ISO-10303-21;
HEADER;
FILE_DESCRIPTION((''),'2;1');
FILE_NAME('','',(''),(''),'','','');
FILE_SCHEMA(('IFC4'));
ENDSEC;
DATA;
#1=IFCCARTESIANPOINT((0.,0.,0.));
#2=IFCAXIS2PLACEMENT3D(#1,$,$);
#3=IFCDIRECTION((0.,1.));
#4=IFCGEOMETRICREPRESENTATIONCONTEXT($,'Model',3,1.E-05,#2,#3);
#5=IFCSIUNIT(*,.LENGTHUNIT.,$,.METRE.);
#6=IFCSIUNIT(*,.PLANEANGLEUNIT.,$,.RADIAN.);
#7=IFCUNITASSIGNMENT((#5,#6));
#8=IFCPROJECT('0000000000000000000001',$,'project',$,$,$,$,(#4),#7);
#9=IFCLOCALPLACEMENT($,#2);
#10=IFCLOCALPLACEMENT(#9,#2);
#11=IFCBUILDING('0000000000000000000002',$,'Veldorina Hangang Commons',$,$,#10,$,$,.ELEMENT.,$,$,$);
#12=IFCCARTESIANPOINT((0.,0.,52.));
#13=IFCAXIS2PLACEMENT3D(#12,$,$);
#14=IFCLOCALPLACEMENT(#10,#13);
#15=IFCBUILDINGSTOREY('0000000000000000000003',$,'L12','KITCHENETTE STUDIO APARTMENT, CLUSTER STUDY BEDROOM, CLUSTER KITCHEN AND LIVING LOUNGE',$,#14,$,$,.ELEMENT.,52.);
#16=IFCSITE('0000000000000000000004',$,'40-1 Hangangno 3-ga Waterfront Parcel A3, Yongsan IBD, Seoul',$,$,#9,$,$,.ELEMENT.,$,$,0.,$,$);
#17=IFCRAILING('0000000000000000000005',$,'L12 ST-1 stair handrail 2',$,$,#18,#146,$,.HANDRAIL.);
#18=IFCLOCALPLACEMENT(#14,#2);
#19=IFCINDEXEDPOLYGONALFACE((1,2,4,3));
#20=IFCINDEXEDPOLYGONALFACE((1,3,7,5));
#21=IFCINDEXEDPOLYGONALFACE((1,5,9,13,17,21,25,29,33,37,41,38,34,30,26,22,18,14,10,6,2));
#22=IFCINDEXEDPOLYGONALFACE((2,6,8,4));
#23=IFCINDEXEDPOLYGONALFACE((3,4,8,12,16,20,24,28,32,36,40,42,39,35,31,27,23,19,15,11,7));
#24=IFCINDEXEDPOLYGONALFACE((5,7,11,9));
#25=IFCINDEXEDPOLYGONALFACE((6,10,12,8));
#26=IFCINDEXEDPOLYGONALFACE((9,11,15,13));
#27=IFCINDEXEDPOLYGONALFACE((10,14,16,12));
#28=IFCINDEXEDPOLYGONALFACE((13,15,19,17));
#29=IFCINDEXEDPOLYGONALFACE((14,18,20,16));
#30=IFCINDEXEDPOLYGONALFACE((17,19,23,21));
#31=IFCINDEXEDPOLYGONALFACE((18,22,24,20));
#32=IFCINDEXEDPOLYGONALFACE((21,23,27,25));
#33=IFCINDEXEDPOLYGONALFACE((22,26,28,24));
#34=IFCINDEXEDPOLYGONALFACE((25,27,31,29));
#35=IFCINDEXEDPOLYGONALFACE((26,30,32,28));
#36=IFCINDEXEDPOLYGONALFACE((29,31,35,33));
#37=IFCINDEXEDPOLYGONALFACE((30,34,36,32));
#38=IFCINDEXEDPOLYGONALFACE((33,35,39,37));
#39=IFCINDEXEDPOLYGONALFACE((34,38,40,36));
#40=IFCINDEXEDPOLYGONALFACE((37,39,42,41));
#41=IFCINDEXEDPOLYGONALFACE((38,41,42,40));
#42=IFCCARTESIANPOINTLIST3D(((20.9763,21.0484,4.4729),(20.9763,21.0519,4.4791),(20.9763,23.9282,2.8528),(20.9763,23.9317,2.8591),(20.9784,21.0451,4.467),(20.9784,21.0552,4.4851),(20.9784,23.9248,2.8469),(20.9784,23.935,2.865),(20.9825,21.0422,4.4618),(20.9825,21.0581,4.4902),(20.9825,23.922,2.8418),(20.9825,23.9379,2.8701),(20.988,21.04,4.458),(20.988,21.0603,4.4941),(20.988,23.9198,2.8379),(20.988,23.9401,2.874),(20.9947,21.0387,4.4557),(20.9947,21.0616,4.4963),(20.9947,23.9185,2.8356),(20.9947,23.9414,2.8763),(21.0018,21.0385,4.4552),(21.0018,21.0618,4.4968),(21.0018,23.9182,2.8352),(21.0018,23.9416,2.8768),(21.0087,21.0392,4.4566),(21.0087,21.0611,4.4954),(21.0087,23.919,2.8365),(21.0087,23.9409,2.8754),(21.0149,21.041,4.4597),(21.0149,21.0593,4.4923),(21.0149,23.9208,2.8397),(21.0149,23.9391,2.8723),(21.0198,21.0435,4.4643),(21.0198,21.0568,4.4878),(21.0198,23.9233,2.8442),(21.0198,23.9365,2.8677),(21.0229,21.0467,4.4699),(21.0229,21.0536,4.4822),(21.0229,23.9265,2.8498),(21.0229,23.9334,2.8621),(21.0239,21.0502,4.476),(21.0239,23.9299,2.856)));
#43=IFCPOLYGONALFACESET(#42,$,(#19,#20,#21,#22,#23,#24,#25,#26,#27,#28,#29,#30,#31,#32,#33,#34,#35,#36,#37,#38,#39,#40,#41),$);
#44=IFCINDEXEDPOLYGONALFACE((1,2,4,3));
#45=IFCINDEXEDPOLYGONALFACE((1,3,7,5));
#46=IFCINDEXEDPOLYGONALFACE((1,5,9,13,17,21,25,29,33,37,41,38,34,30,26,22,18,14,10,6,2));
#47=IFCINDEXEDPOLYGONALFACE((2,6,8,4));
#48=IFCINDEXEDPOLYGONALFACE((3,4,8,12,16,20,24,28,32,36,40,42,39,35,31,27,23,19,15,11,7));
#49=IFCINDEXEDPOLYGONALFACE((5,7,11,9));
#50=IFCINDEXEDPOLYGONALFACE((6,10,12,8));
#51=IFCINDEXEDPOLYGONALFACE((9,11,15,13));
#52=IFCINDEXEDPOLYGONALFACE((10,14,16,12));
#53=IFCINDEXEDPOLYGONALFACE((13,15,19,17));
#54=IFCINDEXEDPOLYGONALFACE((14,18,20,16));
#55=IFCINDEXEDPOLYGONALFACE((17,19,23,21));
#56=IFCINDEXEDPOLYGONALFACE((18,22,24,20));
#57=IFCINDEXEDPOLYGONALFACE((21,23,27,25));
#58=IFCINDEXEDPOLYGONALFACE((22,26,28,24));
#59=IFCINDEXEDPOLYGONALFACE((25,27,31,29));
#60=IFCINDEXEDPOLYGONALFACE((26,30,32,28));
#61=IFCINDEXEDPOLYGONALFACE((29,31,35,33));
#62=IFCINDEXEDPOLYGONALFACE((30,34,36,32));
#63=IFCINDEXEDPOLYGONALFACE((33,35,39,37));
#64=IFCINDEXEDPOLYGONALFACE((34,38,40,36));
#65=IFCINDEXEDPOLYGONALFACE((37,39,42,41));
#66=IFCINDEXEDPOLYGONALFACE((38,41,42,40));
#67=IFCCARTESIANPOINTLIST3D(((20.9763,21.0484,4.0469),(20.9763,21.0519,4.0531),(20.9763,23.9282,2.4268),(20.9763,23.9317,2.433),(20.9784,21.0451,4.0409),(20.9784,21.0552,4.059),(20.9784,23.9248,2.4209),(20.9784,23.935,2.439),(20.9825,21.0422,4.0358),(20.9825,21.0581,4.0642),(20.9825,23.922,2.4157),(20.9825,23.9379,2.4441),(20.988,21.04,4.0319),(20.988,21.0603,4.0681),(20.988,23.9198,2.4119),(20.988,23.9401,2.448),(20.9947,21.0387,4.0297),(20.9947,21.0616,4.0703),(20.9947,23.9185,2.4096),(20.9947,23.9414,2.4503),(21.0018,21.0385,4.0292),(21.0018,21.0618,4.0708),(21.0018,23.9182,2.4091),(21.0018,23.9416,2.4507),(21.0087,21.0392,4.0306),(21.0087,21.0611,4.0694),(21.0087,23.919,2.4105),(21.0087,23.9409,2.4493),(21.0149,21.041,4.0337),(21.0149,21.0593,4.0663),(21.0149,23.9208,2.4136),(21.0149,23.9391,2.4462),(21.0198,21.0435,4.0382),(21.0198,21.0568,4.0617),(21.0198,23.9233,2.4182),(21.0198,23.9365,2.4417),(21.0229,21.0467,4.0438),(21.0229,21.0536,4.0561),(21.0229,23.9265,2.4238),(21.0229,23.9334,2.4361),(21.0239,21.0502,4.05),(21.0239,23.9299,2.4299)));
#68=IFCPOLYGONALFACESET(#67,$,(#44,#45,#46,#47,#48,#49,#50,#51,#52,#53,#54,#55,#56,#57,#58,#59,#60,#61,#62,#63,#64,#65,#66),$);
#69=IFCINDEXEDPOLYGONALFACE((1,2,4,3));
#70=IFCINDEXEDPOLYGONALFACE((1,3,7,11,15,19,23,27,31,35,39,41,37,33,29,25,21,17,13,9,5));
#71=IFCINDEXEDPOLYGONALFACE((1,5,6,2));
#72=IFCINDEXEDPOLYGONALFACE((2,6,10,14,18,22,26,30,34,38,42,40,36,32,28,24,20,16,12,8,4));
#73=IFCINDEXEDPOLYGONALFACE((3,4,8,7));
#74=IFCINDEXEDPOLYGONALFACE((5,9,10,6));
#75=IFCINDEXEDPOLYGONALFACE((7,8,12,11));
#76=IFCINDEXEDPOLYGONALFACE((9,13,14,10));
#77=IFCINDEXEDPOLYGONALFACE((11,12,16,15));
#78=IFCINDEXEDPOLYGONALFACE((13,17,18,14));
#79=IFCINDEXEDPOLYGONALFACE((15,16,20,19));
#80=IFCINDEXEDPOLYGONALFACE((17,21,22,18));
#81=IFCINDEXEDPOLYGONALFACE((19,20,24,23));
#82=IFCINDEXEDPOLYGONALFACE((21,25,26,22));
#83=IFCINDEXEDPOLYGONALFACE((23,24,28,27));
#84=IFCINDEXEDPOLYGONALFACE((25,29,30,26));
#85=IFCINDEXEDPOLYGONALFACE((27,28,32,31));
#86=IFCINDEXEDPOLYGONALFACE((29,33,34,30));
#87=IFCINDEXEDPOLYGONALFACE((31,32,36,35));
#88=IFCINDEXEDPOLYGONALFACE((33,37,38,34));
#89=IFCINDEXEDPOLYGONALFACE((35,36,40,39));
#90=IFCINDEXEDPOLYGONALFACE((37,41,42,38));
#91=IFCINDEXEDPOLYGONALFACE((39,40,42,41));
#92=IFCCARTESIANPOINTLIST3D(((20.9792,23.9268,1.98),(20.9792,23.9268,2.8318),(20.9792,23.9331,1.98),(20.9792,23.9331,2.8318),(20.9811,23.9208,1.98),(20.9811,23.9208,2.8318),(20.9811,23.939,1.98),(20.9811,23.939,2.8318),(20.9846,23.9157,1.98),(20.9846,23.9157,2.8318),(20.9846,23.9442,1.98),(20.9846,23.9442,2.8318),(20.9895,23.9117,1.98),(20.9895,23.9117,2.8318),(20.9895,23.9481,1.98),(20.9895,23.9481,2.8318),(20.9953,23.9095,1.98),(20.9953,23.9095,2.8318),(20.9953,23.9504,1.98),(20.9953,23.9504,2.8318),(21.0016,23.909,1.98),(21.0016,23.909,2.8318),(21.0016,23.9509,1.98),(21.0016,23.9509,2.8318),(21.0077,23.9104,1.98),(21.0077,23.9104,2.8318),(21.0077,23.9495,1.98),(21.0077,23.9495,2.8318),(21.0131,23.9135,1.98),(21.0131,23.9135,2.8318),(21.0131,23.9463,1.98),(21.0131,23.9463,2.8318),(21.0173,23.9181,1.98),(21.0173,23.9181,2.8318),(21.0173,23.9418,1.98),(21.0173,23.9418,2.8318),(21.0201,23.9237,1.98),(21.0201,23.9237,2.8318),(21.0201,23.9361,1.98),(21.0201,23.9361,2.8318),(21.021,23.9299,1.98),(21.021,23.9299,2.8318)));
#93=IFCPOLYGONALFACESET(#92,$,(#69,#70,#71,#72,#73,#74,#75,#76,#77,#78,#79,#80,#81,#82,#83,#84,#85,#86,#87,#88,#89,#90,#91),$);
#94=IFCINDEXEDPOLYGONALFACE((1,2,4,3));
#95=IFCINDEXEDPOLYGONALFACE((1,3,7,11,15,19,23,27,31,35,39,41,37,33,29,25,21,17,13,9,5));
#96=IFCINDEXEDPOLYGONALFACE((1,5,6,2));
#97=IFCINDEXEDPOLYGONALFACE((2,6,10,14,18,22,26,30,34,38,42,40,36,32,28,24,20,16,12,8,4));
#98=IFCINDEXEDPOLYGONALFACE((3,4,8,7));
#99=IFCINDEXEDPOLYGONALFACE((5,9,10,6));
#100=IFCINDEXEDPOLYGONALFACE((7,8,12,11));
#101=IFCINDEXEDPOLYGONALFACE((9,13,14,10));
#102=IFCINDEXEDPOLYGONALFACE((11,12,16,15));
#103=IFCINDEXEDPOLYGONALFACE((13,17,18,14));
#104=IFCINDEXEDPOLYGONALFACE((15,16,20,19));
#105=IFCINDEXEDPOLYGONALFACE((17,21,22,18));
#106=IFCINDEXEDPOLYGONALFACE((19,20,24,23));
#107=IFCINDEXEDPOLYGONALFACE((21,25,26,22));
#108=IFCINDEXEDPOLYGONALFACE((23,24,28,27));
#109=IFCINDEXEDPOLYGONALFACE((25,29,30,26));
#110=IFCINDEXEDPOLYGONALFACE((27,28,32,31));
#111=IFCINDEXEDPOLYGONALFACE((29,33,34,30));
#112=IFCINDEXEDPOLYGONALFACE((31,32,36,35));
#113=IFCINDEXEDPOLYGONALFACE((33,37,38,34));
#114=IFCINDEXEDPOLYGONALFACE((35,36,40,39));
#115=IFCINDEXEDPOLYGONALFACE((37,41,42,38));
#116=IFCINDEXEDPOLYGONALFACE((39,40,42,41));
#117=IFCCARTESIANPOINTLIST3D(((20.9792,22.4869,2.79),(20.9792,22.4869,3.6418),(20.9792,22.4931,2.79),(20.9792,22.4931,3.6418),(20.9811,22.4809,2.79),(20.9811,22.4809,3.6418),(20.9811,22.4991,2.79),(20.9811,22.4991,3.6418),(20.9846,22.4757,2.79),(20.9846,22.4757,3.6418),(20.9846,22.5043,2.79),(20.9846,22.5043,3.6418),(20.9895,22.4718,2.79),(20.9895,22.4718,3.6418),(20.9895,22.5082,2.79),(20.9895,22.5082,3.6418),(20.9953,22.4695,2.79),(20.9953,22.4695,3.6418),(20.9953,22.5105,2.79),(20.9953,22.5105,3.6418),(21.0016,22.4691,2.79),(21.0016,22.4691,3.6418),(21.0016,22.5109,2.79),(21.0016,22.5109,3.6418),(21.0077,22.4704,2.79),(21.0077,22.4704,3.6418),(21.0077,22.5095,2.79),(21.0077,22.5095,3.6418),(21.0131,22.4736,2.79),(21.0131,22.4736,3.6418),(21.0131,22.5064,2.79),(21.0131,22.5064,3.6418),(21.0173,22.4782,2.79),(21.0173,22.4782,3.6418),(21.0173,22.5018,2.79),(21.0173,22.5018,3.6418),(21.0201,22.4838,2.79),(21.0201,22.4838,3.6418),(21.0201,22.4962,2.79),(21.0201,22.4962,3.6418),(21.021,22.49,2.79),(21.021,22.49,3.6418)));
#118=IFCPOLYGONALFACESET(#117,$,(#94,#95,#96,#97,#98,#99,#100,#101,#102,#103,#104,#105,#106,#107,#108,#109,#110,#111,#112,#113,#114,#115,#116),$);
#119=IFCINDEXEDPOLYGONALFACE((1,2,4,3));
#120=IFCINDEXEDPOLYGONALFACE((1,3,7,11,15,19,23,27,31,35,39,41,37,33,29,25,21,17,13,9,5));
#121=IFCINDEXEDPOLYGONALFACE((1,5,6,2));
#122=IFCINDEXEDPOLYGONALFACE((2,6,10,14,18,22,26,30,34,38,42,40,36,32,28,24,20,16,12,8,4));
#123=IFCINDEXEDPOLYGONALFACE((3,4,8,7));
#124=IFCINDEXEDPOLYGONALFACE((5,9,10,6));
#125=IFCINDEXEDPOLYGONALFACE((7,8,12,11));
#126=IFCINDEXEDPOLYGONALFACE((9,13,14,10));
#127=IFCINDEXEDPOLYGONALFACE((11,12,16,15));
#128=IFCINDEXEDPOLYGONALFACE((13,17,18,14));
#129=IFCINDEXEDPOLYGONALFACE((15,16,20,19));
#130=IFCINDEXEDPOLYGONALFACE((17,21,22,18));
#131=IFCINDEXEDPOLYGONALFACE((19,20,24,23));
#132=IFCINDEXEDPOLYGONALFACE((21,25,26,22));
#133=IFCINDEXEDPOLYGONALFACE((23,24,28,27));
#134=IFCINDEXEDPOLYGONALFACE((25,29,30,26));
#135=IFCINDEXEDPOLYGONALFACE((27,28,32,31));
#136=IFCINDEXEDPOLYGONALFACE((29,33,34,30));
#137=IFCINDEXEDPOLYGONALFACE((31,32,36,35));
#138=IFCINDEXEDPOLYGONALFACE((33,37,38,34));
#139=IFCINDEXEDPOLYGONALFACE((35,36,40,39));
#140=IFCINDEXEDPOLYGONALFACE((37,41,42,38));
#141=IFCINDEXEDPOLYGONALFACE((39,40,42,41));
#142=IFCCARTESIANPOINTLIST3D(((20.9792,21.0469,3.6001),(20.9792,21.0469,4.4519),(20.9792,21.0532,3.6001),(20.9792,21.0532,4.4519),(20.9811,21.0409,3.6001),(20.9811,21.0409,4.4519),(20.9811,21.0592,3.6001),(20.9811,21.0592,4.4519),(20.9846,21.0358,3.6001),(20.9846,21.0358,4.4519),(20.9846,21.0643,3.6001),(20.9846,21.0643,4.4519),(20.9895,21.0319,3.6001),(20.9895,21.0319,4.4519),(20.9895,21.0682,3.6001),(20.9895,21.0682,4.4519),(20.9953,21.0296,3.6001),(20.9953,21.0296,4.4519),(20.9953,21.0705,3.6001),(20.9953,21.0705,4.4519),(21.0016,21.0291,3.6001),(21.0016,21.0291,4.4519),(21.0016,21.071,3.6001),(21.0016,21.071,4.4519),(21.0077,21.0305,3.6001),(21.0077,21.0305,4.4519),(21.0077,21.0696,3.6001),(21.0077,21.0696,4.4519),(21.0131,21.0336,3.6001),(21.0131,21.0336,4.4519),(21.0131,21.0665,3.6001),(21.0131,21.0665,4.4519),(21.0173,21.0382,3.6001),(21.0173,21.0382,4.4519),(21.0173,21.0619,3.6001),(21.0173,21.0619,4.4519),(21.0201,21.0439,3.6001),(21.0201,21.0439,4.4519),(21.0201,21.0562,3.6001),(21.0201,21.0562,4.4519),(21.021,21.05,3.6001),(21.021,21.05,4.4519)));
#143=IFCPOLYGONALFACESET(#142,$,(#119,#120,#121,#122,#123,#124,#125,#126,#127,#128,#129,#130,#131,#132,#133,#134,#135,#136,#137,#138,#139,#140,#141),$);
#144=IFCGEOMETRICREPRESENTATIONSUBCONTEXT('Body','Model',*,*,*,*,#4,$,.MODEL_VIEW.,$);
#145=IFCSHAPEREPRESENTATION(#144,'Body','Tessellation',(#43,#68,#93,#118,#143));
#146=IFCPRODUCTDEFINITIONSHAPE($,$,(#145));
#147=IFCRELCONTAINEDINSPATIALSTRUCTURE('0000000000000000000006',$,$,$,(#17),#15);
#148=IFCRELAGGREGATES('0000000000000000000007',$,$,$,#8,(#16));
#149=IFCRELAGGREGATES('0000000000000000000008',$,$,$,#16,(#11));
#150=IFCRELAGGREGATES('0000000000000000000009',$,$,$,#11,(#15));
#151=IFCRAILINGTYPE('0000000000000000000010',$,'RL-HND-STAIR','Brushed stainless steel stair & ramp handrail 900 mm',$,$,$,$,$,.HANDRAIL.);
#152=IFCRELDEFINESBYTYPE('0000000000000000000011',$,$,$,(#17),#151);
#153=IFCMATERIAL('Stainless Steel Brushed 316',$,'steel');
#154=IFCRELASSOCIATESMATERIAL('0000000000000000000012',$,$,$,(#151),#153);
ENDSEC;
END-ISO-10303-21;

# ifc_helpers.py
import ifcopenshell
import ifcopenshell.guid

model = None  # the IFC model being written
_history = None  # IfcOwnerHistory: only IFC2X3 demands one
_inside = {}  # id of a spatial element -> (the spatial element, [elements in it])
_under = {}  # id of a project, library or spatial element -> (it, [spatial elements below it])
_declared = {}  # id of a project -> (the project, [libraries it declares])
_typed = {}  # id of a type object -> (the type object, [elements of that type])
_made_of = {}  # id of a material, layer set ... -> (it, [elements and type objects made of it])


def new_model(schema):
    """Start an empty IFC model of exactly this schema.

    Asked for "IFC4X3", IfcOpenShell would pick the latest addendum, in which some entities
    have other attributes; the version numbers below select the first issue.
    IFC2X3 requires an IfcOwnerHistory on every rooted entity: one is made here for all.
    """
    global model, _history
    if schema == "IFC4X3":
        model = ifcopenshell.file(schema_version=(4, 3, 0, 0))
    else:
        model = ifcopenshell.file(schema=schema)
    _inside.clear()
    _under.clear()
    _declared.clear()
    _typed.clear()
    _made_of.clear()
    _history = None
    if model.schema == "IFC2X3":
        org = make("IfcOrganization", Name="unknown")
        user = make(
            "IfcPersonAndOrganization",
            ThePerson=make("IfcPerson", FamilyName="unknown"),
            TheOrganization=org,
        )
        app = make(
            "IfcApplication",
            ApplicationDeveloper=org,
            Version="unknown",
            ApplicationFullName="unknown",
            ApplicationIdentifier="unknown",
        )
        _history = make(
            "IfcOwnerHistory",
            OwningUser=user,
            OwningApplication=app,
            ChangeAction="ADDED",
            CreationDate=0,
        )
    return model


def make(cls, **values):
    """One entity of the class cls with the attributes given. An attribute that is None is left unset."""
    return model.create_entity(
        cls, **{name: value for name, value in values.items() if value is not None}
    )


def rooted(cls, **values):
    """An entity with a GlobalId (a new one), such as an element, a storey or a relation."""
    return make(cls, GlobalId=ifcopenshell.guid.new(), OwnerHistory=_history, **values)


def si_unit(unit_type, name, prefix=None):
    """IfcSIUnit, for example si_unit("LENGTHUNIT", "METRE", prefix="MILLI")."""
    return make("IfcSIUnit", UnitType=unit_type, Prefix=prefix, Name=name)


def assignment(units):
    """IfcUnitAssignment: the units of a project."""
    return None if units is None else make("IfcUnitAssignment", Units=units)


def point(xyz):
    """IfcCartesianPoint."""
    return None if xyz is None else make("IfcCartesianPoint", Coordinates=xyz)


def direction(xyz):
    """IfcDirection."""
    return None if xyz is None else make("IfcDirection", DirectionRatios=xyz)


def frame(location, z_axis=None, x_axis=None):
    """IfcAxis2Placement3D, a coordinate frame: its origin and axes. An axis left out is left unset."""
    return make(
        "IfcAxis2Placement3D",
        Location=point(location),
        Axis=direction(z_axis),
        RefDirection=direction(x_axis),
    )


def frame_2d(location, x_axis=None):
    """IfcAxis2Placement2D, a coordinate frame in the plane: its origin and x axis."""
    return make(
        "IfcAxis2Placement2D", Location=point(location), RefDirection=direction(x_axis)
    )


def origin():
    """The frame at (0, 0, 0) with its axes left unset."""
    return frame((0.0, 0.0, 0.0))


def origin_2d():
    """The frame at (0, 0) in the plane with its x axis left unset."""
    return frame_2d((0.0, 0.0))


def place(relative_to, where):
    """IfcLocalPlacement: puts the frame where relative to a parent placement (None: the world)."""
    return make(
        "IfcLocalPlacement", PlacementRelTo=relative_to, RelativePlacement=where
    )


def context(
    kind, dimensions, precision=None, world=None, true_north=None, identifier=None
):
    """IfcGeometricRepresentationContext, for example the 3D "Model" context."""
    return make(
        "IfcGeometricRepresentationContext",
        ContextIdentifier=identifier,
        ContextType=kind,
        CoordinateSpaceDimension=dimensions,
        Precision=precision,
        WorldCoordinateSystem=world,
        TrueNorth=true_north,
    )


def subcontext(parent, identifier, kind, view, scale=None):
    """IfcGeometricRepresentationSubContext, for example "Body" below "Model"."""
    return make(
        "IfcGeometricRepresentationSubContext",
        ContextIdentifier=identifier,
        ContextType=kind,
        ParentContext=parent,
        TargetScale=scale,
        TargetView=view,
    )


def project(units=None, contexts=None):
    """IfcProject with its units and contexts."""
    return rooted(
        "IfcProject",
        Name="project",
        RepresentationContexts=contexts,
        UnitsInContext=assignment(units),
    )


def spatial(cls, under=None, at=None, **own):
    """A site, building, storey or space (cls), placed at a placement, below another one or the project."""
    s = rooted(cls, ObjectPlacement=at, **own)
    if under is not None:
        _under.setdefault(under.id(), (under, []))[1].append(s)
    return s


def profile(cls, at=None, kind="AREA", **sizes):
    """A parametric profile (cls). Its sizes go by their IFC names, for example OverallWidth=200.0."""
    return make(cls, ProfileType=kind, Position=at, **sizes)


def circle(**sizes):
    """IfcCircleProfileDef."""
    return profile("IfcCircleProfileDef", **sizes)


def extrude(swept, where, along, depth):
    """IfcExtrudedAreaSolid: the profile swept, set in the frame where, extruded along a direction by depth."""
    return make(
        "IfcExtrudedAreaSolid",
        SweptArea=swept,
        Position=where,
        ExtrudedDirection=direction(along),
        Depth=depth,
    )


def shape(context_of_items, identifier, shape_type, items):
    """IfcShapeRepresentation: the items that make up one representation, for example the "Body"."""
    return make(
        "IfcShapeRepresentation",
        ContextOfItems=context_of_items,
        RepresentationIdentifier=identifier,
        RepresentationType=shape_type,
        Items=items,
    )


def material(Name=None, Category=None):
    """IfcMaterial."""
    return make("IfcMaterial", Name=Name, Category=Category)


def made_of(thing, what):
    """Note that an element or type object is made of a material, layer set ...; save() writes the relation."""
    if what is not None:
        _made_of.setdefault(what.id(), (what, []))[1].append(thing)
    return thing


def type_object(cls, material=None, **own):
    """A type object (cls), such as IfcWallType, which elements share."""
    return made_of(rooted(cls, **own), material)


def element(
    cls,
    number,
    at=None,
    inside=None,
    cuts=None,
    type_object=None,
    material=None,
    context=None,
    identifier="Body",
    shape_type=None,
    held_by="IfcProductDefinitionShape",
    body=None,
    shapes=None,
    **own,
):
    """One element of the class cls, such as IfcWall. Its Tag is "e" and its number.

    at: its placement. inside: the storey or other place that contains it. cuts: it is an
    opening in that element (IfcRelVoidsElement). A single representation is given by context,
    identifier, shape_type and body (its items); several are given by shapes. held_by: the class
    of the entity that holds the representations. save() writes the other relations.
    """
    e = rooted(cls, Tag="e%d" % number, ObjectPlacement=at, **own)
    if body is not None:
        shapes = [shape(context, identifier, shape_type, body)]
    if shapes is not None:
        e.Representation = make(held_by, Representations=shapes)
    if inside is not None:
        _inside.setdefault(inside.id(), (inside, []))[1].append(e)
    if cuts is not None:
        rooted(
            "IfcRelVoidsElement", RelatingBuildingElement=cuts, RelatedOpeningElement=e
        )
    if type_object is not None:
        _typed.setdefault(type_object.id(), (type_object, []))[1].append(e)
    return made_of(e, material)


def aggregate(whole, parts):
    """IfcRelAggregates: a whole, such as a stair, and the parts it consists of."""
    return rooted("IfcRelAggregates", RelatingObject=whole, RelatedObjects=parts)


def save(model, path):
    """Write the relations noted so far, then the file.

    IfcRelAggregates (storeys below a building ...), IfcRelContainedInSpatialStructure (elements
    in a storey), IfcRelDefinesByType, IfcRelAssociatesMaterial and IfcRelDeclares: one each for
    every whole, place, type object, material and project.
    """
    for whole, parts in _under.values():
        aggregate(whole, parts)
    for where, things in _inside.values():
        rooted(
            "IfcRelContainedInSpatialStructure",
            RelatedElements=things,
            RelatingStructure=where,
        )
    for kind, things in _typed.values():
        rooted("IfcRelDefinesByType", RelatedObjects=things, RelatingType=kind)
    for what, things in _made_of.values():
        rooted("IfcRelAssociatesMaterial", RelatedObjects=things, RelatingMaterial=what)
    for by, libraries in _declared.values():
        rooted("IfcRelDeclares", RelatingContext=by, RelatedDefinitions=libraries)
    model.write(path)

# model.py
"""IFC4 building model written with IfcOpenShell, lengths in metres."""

from ifc_helpers import new_model, si_unit, direction, frame, origin, origin_2d, place, context, subcontext, project, spatial, circle, extrude, material, type_object, element, save


model = new_model("IFC4")

# Units and contexts
model_context = context("Model", 3, precision=1e-05, world=origin(), true_north=direction((0.0, 1.0)))
body_context = subcontext(model_context, "Body", "Model", "MODEL_VIEW")
ifc_project = project(units=[si_unit("LENGTHUNIT", "METRE"), si_unit("PLANEANGLEUNIT", "RADIAN")], contexts=[model_context])

# Site, building, storey
site_placement = place(None, origin())
site = spatial("IfcSite", under=ifc_project, at=site_placement, Name="40-1 Hangangno 3-ga Waterfront Parcel A3, Yongsan IBD, Seoul", CompositionType="ELEMENT", RefElevation=0.0)
building_placement = place(site_placement, origin())
building = spatial("IfcBuilding", under=site, at=building_placement, Name="Veldorina Hangang Commons", CompositionType="ELEMENT")
storey_placement = place(building_placement, frame((0.0, 0.0, 52.0)))
storey = spatial("IfcBuildingStorey", under=building, at=storey_placement, Name="L12", Description="KITCHENETTE STUDIO APARTMENT, CLUSTER STUDY BEDROOM, CLUSTER KITCHEN AND LIVING LOUNGE", CompositionType="ELEMENT", Elevation=52.0)

# Railing
ifc_material_1 = material(Name="Stainless Steel Brushed 316", Category="steel")
railing_type_1 = type_object("IfcRailingType", Name="RL-HND-STAIR", Description="Brushed stainless steel stair & ramp handrail 900 mm", PredefinedType="HANDRAIL", material=ifc_material_1)
railing_1_placement = place(storey_placement, frame((21.0, 23.9299, 1.98)))
element("IfcRailing", 1, at=railing_1_placement, inside=storey, type_object=railing_type_1, Name="L12 ST-1 stair handrail 2", PredefinedType="HANDRAIL", context=body_context, shape_type="SweptSolid", body=[
    extrude(circle(Radius=0.0239, at=origin_2d()), frame((0.0, 0.0, 0.876), z_axis=(0.0, -0.871552, 0.490303), x_axis=(1.0, 0.0, 0.0)), (0.0, 0.0, 1.0), 3.3042),
    extrude(circle(Radius=0.0239, at=origin_2d()), frame((0.0, 0.0, 0.45), z_axis=(0.0, -0.871552, 0.490303), x_axis=(1.0, 0.0, 0.0)), (0.0, 0.0, 1.0), 3.3042),
    extrude(circle(Radius=0.021, at=origin_2d()), origin(), (0.0, 0.0, 1.0), 0.8518),
    extrude(circle(Radius=0.021, at=origin_2d()), frame((0.0, -1.4399, 0.8101)), (0.0, 0.0, 1.0), 0.8518),
    extrude(circle(Radius=0.021, at=origin_2d()), frame((0.0, -2.8799, 1.6201)), (0.0, 0.0, 1.0), 0.8518),
])

save(model, "model.ifc")
